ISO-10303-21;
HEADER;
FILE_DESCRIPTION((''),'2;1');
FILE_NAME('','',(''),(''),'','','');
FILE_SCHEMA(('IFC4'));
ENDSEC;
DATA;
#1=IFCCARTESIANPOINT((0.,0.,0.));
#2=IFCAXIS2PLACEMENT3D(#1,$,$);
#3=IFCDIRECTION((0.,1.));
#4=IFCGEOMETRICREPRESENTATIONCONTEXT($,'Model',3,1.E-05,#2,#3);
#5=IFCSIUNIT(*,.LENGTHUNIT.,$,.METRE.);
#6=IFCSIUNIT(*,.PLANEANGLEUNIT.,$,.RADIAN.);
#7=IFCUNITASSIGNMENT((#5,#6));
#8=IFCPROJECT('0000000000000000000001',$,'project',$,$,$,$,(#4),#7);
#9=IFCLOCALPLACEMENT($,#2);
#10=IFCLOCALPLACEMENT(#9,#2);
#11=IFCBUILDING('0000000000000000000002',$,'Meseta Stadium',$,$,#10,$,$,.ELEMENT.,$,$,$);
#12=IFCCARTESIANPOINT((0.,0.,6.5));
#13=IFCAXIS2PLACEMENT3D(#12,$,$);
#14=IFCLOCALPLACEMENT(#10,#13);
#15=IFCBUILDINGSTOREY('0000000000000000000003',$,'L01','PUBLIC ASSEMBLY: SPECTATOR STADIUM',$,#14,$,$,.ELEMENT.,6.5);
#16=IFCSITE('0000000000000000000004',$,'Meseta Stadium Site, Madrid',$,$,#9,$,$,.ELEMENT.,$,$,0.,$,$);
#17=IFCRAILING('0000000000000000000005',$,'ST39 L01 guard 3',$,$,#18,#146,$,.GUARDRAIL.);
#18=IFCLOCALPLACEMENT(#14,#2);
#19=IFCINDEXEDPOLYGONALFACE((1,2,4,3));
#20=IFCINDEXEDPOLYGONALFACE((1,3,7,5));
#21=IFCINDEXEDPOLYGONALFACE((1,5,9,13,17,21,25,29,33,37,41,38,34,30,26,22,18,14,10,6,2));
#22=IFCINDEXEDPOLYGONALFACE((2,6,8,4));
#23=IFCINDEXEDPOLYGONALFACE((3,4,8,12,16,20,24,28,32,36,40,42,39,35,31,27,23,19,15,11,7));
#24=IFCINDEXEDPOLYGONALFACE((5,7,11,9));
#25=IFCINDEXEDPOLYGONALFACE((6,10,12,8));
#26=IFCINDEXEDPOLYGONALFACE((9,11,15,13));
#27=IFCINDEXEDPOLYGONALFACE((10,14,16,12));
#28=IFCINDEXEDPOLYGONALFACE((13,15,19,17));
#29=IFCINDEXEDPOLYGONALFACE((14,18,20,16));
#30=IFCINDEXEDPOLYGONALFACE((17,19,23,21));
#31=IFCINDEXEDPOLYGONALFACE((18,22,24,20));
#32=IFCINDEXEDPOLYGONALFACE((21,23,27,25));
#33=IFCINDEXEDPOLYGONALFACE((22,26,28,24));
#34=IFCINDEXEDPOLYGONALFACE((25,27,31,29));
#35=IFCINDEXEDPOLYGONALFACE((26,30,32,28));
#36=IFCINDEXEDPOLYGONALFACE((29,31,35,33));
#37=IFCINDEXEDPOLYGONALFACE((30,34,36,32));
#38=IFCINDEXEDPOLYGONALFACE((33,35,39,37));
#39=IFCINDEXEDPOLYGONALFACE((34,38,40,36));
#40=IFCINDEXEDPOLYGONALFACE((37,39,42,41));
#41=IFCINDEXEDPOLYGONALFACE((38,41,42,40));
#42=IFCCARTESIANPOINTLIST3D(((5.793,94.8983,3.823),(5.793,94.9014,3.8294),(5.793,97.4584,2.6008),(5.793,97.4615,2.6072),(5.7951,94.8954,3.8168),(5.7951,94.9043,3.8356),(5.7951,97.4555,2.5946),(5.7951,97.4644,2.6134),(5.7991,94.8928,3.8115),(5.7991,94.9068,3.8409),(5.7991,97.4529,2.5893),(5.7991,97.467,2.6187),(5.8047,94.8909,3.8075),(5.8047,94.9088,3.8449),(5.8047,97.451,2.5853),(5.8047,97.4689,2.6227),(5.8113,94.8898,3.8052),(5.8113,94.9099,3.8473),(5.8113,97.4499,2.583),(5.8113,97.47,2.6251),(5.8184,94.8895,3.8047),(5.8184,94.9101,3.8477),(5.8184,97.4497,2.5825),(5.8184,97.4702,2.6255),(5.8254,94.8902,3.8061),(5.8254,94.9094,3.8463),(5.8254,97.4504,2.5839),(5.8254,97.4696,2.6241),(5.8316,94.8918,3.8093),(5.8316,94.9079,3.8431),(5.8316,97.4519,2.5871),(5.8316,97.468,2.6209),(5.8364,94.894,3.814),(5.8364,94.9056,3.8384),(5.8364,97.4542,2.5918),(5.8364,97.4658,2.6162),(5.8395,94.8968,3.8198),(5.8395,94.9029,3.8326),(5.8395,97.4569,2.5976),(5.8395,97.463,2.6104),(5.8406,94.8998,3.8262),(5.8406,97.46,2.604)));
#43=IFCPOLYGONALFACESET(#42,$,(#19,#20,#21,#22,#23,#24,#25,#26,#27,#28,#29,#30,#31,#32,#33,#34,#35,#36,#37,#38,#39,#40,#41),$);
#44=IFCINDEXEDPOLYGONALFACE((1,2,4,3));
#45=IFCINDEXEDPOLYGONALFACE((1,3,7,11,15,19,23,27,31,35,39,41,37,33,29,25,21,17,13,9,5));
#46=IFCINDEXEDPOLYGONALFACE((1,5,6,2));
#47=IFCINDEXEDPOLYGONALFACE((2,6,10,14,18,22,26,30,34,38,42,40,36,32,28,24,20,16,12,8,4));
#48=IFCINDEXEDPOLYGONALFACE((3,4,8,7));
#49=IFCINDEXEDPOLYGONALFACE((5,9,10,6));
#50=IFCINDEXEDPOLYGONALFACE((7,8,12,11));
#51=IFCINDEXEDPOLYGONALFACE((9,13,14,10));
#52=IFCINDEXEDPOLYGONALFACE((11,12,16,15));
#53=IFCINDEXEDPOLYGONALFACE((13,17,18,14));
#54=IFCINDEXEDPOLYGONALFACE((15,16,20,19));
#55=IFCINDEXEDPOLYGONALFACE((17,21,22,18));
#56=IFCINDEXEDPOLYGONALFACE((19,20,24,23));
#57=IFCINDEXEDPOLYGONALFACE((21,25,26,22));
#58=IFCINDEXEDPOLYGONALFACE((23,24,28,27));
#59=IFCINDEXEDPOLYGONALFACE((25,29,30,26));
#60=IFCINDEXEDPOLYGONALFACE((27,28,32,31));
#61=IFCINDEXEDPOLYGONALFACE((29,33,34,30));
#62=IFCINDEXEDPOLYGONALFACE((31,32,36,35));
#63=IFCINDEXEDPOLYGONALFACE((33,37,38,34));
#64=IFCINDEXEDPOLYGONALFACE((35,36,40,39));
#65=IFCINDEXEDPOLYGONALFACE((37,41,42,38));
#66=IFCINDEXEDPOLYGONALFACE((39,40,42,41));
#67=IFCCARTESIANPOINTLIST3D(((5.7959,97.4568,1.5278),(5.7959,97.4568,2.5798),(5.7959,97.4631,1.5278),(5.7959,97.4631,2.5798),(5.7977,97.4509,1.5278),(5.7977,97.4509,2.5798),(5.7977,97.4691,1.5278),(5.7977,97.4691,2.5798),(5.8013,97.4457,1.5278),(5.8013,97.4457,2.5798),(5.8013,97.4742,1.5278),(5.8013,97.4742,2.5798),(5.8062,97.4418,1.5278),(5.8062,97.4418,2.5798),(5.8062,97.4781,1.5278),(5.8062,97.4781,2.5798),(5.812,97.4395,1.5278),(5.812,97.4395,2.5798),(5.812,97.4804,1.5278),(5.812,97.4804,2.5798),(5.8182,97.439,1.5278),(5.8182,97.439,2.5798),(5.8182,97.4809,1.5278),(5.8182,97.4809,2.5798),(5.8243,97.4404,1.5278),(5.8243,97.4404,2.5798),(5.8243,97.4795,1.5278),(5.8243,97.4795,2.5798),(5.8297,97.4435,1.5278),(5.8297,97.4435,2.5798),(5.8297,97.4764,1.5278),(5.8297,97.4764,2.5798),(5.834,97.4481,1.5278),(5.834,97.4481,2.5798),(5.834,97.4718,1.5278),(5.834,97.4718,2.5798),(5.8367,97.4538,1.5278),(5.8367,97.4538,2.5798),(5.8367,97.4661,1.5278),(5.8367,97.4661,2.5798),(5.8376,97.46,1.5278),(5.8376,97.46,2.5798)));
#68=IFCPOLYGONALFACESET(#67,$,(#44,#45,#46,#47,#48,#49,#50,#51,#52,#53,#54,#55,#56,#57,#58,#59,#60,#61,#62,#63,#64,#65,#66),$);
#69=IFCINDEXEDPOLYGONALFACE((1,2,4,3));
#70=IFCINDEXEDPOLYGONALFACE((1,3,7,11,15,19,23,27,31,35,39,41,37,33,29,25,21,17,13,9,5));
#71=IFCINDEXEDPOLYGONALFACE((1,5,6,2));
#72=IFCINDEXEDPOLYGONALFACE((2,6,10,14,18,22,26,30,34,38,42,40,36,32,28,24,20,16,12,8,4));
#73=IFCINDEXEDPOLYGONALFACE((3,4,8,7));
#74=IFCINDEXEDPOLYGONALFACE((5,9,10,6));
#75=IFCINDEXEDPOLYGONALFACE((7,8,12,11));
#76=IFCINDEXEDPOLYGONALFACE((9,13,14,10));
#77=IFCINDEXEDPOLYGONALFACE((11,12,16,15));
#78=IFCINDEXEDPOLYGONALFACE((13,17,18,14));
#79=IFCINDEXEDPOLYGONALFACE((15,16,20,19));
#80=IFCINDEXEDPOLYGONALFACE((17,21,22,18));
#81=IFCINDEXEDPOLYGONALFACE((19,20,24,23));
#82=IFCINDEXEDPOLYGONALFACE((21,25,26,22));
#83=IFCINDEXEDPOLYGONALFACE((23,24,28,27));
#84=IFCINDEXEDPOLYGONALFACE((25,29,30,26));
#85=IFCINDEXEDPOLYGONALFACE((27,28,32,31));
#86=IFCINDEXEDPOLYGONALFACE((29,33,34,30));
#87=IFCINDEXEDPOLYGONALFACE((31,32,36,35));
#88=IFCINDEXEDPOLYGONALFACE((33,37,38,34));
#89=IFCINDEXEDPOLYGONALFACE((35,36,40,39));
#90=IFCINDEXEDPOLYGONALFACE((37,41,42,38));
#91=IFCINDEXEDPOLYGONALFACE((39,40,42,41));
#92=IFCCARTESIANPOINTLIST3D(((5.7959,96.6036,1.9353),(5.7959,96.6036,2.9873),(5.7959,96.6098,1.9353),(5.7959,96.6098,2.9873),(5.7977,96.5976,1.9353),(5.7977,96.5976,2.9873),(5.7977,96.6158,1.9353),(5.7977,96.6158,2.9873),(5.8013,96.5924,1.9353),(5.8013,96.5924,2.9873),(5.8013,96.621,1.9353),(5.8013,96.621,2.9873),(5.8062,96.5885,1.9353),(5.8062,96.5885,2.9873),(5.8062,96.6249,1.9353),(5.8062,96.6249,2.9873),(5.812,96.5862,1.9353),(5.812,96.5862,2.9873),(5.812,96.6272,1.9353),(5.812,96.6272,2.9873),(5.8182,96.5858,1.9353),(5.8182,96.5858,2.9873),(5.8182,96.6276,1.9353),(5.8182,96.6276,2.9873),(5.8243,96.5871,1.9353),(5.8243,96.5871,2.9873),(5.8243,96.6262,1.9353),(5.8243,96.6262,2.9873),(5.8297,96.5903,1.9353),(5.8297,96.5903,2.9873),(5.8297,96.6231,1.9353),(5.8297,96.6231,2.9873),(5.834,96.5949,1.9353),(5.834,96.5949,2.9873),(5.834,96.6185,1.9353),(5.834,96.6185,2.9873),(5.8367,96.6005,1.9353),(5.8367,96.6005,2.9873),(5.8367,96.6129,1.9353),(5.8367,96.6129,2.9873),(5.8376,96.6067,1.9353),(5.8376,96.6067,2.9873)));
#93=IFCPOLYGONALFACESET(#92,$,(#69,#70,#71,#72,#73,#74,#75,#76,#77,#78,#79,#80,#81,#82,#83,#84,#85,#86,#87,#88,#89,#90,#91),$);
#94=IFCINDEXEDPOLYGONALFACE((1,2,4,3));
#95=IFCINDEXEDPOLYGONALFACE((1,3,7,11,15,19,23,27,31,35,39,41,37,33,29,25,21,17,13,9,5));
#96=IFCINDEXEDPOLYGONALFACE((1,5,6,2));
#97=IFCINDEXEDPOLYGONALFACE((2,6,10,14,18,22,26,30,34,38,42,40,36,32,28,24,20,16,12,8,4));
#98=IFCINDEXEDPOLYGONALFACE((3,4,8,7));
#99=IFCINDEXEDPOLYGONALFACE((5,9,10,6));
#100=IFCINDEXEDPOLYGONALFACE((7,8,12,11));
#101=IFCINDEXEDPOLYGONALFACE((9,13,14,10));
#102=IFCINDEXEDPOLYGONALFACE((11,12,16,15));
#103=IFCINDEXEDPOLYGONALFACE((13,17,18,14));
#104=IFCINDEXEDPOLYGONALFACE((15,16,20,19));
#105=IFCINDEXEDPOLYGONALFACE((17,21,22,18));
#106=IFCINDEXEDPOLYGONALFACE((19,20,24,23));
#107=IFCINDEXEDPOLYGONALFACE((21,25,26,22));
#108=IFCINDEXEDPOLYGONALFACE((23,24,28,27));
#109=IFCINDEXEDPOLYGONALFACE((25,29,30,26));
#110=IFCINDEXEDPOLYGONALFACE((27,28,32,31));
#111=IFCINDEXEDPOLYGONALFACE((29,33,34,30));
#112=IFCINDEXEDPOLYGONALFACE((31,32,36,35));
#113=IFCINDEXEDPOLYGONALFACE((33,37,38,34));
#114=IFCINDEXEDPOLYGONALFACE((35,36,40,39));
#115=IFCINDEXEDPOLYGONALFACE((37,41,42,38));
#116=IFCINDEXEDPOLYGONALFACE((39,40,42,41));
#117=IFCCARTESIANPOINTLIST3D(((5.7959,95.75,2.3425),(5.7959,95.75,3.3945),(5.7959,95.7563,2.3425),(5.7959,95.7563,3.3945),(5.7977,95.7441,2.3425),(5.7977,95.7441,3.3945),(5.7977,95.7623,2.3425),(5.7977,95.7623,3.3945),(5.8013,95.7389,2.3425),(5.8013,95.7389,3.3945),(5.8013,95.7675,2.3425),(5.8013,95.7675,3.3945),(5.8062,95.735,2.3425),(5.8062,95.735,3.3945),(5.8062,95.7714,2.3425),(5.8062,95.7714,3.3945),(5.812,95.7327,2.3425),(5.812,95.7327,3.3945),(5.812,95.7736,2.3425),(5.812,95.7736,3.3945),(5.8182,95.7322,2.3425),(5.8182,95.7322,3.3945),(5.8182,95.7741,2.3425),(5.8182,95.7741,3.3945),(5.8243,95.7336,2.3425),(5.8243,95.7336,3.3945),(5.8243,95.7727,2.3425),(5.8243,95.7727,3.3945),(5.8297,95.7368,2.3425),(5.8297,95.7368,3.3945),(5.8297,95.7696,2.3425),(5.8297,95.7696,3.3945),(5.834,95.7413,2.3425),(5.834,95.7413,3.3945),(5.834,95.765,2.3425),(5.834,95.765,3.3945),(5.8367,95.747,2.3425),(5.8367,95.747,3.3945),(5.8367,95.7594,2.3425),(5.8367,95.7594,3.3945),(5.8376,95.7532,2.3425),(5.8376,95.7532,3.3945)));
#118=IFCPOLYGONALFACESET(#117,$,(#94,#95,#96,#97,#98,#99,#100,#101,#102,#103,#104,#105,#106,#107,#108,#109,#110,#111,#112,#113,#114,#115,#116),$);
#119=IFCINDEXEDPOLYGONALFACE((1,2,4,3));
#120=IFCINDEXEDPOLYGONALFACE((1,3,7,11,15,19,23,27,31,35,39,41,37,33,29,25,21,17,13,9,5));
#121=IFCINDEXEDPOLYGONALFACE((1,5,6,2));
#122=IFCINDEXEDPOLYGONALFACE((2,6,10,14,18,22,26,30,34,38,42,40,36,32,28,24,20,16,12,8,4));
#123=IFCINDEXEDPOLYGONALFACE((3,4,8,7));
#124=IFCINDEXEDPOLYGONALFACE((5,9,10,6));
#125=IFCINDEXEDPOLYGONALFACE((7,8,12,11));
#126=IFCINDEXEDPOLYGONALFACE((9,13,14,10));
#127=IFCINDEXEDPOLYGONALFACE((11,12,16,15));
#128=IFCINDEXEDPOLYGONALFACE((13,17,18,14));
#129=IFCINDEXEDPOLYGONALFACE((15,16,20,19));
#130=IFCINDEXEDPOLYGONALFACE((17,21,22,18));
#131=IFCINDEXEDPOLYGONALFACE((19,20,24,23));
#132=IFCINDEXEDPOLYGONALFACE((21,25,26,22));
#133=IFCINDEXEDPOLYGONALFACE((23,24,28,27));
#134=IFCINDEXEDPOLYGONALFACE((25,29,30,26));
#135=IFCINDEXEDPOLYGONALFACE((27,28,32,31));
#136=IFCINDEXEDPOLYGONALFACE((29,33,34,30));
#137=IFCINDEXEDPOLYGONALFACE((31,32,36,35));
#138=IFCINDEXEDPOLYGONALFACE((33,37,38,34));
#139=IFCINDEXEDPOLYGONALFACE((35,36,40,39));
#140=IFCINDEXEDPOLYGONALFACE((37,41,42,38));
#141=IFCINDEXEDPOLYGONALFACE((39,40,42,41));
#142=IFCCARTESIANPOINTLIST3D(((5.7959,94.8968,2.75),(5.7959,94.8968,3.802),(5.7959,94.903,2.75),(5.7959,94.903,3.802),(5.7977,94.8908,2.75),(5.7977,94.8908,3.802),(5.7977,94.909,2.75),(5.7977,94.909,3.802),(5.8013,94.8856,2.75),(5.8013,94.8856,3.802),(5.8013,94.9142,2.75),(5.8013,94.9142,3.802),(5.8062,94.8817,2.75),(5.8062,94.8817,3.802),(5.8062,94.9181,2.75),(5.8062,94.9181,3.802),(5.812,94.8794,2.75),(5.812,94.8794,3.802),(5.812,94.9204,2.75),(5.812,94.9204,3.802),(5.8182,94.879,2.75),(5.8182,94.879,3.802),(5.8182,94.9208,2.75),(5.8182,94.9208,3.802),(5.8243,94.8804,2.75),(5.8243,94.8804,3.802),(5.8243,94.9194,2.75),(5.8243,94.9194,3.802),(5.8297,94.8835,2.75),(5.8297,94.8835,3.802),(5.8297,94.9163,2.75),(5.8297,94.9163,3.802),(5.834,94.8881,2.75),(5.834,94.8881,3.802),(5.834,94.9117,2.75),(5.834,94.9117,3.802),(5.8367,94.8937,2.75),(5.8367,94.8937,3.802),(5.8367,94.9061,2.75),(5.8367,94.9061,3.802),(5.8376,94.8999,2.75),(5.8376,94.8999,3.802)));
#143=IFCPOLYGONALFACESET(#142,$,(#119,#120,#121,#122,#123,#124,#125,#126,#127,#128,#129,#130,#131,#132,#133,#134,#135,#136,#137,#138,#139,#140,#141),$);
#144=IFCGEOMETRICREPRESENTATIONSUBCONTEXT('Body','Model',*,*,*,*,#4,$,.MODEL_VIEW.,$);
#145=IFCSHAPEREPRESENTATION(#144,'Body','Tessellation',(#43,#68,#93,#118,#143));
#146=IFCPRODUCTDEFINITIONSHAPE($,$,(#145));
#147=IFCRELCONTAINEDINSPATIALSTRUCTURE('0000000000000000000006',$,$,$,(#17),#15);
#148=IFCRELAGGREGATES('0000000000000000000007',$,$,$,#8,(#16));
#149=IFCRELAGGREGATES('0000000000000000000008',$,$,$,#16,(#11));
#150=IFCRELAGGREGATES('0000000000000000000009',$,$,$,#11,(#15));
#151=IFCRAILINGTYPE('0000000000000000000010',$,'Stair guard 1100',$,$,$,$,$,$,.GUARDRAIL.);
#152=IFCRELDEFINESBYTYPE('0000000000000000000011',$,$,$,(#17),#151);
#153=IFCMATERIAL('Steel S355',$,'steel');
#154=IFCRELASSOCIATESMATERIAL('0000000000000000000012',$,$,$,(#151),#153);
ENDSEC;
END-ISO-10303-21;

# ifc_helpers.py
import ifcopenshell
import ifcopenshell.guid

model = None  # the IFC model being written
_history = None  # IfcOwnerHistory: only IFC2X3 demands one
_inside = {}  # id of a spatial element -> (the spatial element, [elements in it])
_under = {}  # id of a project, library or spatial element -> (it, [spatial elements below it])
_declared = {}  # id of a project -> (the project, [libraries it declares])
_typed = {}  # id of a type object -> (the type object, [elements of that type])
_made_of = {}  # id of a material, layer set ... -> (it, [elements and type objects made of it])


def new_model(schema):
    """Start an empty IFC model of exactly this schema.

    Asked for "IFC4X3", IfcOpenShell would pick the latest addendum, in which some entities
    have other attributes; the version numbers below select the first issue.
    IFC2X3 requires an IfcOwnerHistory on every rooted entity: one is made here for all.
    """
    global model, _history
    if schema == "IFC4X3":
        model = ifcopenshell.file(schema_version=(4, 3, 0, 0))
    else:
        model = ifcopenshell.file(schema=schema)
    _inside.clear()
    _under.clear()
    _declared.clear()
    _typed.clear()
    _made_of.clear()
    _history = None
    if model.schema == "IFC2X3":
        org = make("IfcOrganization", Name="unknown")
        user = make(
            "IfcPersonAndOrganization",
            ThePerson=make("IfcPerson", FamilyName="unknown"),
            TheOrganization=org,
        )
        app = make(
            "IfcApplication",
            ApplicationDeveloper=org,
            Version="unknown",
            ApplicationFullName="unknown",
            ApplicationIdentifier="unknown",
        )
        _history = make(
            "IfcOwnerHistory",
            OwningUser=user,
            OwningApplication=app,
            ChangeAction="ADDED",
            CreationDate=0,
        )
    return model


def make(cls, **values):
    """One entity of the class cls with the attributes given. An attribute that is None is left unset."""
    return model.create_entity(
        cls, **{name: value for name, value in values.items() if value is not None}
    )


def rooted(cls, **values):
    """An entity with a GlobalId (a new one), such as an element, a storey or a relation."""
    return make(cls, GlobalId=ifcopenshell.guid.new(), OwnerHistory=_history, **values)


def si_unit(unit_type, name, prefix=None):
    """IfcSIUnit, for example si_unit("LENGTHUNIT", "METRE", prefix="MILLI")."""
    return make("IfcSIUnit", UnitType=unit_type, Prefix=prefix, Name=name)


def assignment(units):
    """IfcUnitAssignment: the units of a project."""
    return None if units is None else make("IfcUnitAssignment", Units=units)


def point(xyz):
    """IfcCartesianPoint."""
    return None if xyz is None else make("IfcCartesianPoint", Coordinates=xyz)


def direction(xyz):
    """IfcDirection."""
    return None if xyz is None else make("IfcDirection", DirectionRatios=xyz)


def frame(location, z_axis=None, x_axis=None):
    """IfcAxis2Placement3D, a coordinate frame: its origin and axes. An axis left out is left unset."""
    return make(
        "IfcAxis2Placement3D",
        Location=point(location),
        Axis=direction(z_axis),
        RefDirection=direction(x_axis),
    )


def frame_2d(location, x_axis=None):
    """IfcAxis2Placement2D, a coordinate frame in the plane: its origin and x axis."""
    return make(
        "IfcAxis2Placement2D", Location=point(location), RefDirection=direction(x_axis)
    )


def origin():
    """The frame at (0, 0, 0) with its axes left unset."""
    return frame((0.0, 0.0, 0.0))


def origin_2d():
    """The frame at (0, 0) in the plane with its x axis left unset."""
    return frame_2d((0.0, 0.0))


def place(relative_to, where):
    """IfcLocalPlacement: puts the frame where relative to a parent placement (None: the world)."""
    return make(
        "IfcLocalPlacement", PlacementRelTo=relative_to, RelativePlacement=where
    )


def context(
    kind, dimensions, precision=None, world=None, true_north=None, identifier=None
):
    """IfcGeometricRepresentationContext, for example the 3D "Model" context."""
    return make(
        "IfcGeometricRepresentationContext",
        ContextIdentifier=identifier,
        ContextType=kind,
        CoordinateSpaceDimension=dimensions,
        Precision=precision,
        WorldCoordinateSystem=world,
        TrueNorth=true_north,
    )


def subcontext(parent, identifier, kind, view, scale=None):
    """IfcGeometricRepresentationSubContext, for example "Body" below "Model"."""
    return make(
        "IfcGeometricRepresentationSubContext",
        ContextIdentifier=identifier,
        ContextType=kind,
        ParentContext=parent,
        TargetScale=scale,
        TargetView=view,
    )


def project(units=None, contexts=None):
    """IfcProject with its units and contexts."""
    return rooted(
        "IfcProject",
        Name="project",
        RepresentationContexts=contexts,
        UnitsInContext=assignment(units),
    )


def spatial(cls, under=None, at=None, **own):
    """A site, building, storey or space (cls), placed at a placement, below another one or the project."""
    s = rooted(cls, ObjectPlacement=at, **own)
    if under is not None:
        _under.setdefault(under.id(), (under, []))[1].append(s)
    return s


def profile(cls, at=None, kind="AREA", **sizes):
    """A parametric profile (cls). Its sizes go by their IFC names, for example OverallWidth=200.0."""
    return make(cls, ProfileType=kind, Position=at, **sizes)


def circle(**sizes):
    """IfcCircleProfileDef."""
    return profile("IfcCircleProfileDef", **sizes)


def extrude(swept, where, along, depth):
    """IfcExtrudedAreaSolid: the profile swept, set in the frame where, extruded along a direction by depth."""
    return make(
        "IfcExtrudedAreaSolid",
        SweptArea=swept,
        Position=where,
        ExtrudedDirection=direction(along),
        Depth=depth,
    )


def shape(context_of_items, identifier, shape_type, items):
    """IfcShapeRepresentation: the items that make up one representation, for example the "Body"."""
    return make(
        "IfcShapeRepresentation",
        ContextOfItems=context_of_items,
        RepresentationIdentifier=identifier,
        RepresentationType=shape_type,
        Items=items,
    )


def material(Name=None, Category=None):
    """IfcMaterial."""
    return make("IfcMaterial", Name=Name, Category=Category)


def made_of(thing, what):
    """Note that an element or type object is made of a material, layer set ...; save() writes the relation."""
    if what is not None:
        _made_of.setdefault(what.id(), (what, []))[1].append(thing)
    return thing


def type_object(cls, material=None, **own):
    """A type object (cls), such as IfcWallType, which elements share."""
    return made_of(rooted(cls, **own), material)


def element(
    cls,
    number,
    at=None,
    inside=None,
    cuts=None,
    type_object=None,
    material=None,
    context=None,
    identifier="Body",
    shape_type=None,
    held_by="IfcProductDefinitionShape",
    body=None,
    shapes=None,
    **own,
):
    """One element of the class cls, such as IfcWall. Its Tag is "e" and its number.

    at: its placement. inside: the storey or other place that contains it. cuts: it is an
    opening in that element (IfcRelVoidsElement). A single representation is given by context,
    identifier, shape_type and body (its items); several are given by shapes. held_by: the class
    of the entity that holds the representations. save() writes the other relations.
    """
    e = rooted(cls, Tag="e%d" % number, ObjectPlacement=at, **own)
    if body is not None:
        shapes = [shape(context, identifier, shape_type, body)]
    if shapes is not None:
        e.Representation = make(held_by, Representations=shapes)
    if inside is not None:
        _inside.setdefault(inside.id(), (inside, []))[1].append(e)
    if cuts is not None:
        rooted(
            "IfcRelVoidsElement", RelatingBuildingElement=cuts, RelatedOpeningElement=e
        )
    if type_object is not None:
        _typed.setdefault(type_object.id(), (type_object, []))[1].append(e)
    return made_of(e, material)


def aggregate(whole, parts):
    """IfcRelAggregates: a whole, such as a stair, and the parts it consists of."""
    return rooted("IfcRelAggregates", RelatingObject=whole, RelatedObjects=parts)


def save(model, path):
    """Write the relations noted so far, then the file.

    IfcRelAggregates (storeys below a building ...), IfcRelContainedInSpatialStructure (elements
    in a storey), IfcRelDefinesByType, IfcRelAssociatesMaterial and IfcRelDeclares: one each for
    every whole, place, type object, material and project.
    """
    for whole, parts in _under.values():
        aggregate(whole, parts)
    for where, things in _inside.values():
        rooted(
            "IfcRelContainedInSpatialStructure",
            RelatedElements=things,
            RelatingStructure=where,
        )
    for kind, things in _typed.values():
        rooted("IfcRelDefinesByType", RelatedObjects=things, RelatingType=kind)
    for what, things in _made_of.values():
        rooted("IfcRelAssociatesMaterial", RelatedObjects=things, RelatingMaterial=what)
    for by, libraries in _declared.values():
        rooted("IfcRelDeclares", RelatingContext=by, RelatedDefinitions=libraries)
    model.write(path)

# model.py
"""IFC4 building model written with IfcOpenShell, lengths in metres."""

from ifc_helpers import new_model, si_unit, direction, frame, origin, origin_2d, place, context, subcontext, project, spatial, circle, extrude, material, type_object, element, save


model = new_model("IFC4")

# Units and contexts
model_context = context("Model", 3, precision=1e-05, world=origin(), true_north=direction((0.0, 1.0)))
body_context = subcontext(model_context, "Body", "Model", "MODEL_VIEW")
ifc_project = project(units=[si_unit("LENGTHUNIT", "METRE"), si_unit("PLANEANGLEUNIT", "RADIAN")], contexts=[model_context])

# Site, building, storey
site_placement = place(None, origin())
site = spatial("IfcSite", under=ifc_project, at=site_placement, Name="Meseta Stadium Site, Madrid", CompositionType="ELEMENT", RefElevation=0.0)
building_placement = place(site_placement, origin())
building = spatial("IfcBuilding", under=site, at=building_placement, Name="Meseta Stadium", CompositionType="ELEMENT")
storey_placement = place(building_placement, frame((0.0, 0.0, 6.5)))
storey = spatial("IfcBuildingStorey", under=building, at=storey_placement, Name="L01", Description="PUBLIC ASSEMBLY: SPECTATOR STADIUM", CompositionType="ELEMENT", Elevation=6.5)

# Railing
ifc_material_1 = material(Name="Steel S355", Category="steel")
railing_type_1 = type_object("IfcRailingType", Name="Stair guard 1100", PredefinedType="GUARDRAIL", material=ifc_material_1)
railing_1_placement = place(storey_placement, frame((5.8167, 97.46, 1.5278)))
element("IfcRailing", 1, at=railing_1_placement, inside=storey, type_object=railing_type_1, Name="ST39 L01 guard 3", PredefinedType="GUARDRAIL", context=body_context, shape_type="SweptSolid", body=[
    extrude(circle(Radius=0.0239, at=origin_2d()), frame((0.0, 0.0, 1.0762), z_axis=(0.0, -0.902437, 0.430822), x_axis=(1.0, 0.0, 0.0)), (0.0, 0.0, 1.0), 2.8369),
    extrude(circle(Radius=0.021, at=origin_2d()), origin(), (0.0, 0.0, 1.0), 1.052),
    extrude(circle(Radius=0.021, at=origin_2d()), frame((0.0, -0.8533, 0.4075)), (0.0, 0.0, 1.0), 1.052),
    extrude(circle(Radius=0.021, at=origin_2d()), frame((0.0, -1.7068, 0.8147)), (0.0, 0.0, 1.0), 1.052),
    extrude(circle(Radius=0.021, at=origin_2d()), frame((0.0, -2.5601, 1.2222)), (0.0, 0.0, 1.0), 1.052),
])

save(model, "model.ifc")
